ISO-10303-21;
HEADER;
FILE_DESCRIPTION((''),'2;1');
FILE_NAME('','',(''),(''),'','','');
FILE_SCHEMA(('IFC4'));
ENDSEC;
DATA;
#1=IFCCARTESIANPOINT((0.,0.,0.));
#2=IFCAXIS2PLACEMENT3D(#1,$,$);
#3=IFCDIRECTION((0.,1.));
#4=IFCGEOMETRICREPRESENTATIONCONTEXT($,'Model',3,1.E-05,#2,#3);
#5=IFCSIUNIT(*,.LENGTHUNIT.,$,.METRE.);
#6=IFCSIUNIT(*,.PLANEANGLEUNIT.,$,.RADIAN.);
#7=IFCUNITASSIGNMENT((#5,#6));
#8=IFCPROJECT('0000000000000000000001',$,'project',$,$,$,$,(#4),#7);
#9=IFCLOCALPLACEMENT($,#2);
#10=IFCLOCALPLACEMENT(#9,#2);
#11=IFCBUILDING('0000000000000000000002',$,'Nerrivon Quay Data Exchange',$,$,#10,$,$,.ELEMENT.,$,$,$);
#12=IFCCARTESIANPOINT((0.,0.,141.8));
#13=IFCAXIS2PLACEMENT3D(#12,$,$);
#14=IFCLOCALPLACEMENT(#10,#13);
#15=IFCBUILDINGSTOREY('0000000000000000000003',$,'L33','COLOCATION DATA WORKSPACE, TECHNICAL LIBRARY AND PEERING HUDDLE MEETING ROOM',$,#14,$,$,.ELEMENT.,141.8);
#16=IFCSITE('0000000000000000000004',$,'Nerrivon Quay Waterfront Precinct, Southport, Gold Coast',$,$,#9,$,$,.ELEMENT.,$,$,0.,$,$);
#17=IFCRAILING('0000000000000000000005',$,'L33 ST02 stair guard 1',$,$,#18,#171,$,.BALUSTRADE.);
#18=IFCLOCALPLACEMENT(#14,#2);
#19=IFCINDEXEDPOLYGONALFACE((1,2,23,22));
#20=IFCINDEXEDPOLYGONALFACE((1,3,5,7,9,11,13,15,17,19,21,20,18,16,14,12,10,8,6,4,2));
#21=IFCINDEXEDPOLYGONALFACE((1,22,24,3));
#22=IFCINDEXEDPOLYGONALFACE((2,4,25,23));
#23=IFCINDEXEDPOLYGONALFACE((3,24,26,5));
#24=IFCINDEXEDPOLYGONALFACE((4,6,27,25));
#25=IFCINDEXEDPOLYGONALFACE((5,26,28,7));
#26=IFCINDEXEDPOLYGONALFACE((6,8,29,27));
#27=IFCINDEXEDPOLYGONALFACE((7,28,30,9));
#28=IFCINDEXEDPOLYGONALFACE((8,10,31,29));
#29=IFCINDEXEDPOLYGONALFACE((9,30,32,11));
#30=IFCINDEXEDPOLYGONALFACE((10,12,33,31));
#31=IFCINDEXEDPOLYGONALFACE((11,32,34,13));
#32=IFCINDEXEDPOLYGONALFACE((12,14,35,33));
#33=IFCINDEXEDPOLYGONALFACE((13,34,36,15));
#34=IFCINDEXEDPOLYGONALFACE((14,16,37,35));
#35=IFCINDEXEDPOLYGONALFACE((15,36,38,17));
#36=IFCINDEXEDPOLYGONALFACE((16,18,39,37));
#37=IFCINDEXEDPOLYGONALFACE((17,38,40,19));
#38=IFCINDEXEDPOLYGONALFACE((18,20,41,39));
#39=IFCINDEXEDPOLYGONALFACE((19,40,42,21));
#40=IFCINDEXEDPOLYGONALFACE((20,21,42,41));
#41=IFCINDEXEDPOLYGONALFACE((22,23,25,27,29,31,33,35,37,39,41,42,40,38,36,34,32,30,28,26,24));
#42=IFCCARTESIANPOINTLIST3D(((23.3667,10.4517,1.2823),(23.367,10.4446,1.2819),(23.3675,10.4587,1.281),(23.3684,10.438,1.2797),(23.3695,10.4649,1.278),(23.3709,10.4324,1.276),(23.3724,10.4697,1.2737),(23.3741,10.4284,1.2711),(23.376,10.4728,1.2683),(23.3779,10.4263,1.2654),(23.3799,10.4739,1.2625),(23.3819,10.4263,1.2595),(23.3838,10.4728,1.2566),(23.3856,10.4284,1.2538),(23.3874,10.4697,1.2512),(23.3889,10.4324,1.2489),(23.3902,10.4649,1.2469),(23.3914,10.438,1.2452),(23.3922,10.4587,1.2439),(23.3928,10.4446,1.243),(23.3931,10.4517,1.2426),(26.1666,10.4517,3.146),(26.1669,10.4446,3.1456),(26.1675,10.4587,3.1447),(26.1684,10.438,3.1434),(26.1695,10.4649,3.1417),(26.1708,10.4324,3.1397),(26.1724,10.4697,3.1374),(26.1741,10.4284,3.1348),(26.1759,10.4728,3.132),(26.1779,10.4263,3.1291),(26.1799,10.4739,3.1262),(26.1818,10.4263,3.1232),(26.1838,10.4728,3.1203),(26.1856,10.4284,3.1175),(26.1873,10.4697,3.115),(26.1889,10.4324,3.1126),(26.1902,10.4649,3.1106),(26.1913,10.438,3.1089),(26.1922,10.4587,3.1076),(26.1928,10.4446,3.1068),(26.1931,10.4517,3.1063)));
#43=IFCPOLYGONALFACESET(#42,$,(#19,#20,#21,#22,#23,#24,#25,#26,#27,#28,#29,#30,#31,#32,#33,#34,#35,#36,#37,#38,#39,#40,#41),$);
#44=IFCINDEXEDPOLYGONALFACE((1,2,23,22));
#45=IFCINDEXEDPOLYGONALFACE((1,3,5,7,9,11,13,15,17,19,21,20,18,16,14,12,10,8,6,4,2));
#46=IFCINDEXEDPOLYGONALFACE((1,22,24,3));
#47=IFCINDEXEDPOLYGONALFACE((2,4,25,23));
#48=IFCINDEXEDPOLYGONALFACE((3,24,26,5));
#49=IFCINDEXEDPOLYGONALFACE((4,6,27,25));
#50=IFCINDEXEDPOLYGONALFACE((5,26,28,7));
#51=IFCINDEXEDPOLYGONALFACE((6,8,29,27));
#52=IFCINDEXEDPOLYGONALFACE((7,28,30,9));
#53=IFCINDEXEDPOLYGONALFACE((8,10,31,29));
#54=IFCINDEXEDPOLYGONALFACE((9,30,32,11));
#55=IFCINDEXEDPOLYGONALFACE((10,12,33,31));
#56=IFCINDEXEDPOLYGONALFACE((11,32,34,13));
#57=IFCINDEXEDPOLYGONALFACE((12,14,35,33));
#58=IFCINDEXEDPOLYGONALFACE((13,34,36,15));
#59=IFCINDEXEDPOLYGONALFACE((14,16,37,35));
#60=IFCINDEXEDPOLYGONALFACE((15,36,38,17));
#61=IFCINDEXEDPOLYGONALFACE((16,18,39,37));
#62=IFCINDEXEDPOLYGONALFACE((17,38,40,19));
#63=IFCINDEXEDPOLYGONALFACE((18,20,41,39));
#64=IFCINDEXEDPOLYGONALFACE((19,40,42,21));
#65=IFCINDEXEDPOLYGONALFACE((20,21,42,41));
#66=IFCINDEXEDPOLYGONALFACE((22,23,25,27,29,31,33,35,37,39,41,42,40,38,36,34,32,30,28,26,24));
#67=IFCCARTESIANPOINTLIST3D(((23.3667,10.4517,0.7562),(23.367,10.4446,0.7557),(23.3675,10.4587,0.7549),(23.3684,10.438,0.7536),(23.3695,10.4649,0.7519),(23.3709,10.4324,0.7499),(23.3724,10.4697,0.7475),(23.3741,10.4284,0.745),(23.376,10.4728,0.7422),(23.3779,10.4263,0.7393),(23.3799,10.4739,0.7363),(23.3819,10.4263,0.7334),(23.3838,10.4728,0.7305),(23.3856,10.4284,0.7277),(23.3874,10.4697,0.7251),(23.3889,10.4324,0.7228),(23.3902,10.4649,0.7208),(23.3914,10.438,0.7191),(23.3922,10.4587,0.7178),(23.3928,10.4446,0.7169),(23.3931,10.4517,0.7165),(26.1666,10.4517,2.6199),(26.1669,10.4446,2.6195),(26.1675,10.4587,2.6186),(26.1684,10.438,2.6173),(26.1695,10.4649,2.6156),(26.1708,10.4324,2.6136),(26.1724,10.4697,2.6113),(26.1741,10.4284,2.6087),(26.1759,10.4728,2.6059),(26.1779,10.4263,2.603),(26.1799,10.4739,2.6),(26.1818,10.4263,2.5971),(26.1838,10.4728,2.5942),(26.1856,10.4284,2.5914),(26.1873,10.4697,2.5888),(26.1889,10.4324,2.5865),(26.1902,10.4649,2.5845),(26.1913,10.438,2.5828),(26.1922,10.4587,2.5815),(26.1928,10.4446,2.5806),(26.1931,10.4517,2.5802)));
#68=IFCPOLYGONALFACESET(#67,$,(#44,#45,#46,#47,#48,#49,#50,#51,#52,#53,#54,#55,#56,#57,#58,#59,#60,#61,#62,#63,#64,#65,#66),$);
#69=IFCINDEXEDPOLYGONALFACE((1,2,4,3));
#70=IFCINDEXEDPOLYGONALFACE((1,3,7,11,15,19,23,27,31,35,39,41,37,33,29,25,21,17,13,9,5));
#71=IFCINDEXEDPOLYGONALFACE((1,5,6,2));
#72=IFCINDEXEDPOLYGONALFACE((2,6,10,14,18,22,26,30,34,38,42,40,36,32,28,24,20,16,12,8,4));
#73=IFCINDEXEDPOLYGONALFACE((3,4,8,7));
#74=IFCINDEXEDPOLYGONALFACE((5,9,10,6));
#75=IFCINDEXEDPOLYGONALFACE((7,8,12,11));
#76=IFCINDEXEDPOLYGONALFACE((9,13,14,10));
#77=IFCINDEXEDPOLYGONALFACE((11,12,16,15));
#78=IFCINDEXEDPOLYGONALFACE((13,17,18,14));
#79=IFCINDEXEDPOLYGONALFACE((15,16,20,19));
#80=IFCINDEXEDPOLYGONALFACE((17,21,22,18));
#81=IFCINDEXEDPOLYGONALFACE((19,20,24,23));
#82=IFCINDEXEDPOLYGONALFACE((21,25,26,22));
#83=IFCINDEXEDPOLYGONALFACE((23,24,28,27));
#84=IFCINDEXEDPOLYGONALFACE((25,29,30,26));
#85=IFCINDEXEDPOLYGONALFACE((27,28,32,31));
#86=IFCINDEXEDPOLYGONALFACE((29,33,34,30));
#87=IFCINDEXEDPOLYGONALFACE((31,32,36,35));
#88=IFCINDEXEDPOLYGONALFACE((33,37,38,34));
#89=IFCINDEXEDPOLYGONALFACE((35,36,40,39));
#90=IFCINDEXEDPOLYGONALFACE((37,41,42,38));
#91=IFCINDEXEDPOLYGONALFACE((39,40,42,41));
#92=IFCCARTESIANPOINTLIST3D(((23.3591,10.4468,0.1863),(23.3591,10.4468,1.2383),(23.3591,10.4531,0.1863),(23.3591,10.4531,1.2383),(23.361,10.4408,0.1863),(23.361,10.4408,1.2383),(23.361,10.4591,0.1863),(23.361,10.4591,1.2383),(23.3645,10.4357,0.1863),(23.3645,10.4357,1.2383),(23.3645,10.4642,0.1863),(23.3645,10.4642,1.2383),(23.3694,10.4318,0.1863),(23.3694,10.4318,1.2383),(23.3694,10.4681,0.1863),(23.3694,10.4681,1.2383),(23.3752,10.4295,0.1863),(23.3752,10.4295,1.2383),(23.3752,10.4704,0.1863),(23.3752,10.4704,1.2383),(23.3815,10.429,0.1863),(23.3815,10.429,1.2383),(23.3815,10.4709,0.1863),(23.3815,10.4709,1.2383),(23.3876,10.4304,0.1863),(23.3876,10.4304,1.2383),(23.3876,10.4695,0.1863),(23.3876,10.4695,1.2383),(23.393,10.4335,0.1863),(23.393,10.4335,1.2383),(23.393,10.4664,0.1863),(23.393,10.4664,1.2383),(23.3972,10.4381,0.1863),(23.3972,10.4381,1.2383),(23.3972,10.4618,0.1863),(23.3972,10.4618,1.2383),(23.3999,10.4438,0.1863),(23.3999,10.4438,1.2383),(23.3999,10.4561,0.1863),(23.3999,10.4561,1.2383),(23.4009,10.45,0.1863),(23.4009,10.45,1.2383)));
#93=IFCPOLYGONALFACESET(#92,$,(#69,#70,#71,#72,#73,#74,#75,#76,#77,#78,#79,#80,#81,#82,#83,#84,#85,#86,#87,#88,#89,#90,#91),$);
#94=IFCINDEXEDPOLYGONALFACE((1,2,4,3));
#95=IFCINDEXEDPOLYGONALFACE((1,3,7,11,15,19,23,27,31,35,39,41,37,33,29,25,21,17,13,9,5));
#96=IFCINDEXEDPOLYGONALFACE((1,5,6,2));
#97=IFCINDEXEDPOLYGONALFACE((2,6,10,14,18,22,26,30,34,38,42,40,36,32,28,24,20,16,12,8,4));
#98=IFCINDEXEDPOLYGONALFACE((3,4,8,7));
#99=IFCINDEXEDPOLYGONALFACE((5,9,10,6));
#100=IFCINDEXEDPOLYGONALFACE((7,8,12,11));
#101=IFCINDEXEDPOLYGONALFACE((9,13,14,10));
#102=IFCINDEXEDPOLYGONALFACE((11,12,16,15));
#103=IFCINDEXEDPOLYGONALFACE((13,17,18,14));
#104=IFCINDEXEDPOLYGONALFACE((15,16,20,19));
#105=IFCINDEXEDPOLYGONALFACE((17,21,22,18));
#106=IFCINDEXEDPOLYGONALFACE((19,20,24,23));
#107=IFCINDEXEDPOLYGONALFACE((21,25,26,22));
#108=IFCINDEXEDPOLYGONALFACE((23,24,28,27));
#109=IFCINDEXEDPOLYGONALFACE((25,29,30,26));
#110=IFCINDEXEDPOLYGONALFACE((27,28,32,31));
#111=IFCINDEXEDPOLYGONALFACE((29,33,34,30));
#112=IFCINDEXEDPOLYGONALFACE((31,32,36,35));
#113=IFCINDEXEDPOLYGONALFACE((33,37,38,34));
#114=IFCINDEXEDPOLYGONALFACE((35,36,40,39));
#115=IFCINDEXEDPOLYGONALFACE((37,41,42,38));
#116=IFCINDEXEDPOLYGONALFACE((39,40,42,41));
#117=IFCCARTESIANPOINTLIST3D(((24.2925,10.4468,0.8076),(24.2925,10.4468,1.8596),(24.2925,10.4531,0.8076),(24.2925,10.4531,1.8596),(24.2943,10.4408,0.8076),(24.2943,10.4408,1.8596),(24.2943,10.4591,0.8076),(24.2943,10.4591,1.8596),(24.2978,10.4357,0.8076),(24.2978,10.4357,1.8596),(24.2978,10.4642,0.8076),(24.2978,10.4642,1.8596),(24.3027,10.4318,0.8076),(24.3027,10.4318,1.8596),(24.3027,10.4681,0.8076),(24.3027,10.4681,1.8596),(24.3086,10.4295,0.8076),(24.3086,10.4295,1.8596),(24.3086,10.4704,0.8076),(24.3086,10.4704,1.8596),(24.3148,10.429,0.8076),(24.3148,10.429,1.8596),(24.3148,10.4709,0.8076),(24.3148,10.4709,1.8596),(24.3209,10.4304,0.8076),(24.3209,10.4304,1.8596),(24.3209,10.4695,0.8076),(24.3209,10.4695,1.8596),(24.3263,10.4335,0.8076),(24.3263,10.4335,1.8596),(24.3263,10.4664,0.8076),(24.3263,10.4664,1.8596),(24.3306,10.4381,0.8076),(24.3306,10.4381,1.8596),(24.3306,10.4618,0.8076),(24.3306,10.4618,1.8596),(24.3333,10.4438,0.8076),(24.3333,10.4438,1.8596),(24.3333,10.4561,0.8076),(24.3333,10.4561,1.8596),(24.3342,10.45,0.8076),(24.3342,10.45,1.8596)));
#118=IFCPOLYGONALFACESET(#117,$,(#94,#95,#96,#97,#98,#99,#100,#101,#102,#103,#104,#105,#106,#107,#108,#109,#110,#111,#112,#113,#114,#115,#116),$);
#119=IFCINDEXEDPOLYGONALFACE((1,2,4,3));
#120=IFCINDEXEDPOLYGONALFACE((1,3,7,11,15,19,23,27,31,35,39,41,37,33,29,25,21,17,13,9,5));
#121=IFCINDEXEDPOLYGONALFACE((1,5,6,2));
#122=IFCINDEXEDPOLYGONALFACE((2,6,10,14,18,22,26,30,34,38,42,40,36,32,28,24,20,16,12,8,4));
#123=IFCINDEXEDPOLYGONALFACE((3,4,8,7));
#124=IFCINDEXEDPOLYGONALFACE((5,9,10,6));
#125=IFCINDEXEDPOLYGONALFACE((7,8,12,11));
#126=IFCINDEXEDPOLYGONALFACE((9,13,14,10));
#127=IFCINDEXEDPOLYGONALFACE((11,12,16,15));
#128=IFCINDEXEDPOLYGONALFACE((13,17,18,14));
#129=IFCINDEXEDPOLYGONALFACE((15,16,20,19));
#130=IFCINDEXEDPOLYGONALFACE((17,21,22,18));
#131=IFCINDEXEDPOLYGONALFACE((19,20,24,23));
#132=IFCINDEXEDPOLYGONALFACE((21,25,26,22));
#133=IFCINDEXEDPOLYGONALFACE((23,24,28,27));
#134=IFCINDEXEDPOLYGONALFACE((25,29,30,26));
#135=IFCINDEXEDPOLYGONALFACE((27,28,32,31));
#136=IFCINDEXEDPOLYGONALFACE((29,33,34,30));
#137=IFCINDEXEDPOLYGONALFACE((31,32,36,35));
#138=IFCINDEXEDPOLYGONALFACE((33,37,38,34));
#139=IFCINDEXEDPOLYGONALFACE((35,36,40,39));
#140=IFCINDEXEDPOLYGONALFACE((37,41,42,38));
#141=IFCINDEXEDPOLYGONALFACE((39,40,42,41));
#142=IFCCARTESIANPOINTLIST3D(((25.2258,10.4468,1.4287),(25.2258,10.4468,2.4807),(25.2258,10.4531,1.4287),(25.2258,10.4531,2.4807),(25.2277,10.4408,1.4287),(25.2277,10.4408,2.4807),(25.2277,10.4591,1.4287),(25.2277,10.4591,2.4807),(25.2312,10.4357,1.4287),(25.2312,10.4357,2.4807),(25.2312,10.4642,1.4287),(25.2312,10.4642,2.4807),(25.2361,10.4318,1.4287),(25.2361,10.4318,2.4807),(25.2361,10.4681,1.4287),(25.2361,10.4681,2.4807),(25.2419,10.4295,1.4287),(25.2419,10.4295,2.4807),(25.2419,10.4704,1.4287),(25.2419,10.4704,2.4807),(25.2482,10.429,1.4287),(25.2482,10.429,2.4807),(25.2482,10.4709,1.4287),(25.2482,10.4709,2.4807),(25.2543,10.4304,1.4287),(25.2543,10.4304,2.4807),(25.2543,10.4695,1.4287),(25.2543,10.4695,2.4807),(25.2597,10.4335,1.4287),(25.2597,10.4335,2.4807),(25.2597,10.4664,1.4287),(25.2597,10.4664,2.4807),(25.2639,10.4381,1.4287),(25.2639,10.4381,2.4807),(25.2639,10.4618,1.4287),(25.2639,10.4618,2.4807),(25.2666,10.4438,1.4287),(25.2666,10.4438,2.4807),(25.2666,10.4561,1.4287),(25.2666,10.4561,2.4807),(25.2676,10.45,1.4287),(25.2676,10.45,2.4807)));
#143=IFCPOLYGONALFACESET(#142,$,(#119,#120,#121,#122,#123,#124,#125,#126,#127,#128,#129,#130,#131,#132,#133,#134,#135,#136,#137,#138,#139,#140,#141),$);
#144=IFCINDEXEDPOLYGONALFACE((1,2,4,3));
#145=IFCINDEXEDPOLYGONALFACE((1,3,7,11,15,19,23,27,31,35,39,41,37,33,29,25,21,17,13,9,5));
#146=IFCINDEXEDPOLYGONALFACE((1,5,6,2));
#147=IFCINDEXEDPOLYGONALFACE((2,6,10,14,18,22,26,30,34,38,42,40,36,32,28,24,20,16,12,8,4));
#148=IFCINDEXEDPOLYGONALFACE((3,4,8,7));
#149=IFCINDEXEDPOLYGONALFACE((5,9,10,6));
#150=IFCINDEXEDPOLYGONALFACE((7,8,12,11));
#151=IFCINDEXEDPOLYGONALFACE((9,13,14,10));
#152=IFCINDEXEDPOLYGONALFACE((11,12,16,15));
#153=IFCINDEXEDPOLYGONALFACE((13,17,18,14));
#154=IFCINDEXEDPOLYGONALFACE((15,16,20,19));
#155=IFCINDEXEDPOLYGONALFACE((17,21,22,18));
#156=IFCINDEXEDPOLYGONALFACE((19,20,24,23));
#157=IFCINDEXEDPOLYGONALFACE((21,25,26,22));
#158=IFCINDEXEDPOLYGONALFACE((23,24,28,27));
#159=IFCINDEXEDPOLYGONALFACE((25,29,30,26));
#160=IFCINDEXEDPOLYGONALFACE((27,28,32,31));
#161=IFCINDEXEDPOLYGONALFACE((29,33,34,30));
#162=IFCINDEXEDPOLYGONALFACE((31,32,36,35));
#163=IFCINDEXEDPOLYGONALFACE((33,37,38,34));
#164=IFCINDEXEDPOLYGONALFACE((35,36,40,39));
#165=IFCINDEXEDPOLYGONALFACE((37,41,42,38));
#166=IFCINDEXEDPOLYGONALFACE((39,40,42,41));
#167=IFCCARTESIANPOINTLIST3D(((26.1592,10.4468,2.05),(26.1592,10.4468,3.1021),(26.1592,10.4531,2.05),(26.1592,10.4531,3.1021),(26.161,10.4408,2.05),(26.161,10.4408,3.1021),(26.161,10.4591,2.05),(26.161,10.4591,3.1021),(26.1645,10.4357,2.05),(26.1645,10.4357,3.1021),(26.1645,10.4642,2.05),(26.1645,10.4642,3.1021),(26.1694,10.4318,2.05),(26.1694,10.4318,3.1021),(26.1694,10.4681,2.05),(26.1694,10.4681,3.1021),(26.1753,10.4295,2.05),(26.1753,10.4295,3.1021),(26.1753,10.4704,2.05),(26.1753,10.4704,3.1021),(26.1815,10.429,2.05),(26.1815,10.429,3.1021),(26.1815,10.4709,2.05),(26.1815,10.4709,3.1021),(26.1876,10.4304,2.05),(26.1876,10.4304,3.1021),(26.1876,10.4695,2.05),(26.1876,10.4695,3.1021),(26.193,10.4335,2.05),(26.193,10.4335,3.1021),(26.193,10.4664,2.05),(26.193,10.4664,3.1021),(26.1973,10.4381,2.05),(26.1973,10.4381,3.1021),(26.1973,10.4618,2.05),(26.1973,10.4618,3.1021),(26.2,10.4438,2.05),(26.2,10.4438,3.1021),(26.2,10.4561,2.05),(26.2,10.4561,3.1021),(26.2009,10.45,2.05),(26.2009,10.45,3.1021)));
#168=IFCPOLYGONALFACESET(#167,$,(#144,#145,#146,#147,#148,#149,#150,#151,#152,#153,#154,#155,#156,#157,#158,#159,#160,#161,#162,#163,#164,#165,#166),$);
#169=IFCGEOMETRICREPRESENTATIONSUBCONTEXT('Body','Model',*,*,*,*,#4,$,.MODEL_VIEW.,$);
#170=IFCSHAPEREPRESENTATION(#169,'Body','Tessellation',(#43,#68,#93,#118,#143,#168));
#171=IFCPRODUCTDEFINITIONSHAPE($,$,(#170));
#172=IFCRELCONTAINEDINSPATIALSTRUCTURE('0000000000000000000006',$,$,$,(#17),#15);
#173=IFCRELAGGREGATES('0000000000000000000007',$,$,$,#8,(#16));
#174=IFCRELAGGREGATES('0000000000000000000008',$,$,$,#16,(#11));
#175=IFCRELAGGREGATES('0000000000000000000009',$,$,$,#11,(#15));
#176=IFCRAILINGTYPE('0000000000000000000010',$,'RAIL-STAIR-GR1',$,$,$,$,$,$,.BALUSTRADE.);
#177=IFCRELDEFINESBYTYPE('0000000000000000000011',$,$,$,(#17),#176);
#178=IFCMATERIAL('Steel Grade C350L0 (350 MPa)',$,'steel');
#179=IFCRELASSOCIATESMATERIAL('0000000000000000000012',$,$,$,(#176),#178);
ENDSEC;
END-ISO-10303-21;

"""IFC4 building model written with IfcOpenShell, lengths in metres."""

from ifc_helpers import new_model, si_unit, direction, frame, origin, origin_2d, place, context, subcontext, project, spatial, circle, extrude, material, type_object, element, save


model = new_model("IFC4")

# Units and contexts
model_context = context("Model", 3, precision=1e-05, world=origin(), true_north=direction((0.0, 1.0)))
body_context = subcontext(model_context, "Body", "Model", "MODEL_VIEW")
ifc_project = project(units=[si_unit("LENGTHUNIT", "METRE"), si_unit("PLANEANGLEUNIT", "RADIAN")], contexts=[model_context])

# Site, building, storey
site_placement = place(None, origin())
site = spatial("IfcSite", under=ifc_project, at=site_placement, Name="Nerrivon Quay Waterfront Precinct, Southport, Gold Coast", CompositionType="ELEMENT", RefElevation=0.0)
building_placement = place(site_placement, origin())
building = spatial("IfcBuilding", under=site, at=building_placement, Name="Nerrivon Quay Data Exchange", CompositionType="ELEMENT")
storey_placement = place(building_placement, frame((0.0, 0.0, 141.8)))
storey = spatial("IfcBuildingStorey", under=building, at=storey_placement, Name="L33", Description="COLOCATION DATA WORKSPACE, TECHNICAL LIBRARY AND PEERING HUDDLE MEETING ROOM", CompositionType="ELEMENT", Elevation=141.8)

# Railing
ifc_material_1 = material(Name="Steel Grade C350L0 (350 MPa)", Category="steel")
railing_type_1 = type_object("IfcRailingType", Name="RAIL-STAIR-GR1", PredefinedType="BALUSTRADE", material=ifc_material_1)
railing_1_placement = place(storey_placement, frame((23.3799, 10.45, 0.1863)))
element("IfcRailing", 1, at=railing_1_placement, inside=storey, type_object=railing_type_1, Name="L33 ST02 stair guard 1", PredefinedType="BALUSTRADE", context=body_context, shape_type="SweptSolid", body=[
    extrude(circle(Radius=0.0239, at=origin_2d()), frame((0.0, 0.0, 1.0762), z_axis=(0.832452, 0.0, 0.554097), x_axis=(0.0, 1.0, 0.0)), (0.0, 0.0, 1.0), 3.3635),
    extrude(circle(Radius=0.0239, at=origin_2d()), frame((0.0, 0.0, 0.55), z_axis=(0.832452, 0.0, 0.554097), x_axis=(0.0, 1.0, 0.0)), (0.0, 0.0, 1.0), 3.3635),
    extrude(circle(Radius=0.021, at=origin_2d()), origin(), (0.0, 0.0, 1.0), 1.052),
    extrude(circle(Radius=0.021, at=origin_2d()), frame((0.9333, 0.0, 0.6213)), (0.0, 0.0, 1.0), 1.052),
    extrude(circle(Radius=0.021, at=origin_2d()), frame((1.8667, 0.0, 1.2424)), (0.0, 0.0, 1.0), 1.052),
    extrude(circle(Radius=0.021, at=origin_2d()), frame((2.8, 0.0, 1.8638)), (0.0, 0.0, 1.0), 1.052),
])

save(model, "model.ifc")
